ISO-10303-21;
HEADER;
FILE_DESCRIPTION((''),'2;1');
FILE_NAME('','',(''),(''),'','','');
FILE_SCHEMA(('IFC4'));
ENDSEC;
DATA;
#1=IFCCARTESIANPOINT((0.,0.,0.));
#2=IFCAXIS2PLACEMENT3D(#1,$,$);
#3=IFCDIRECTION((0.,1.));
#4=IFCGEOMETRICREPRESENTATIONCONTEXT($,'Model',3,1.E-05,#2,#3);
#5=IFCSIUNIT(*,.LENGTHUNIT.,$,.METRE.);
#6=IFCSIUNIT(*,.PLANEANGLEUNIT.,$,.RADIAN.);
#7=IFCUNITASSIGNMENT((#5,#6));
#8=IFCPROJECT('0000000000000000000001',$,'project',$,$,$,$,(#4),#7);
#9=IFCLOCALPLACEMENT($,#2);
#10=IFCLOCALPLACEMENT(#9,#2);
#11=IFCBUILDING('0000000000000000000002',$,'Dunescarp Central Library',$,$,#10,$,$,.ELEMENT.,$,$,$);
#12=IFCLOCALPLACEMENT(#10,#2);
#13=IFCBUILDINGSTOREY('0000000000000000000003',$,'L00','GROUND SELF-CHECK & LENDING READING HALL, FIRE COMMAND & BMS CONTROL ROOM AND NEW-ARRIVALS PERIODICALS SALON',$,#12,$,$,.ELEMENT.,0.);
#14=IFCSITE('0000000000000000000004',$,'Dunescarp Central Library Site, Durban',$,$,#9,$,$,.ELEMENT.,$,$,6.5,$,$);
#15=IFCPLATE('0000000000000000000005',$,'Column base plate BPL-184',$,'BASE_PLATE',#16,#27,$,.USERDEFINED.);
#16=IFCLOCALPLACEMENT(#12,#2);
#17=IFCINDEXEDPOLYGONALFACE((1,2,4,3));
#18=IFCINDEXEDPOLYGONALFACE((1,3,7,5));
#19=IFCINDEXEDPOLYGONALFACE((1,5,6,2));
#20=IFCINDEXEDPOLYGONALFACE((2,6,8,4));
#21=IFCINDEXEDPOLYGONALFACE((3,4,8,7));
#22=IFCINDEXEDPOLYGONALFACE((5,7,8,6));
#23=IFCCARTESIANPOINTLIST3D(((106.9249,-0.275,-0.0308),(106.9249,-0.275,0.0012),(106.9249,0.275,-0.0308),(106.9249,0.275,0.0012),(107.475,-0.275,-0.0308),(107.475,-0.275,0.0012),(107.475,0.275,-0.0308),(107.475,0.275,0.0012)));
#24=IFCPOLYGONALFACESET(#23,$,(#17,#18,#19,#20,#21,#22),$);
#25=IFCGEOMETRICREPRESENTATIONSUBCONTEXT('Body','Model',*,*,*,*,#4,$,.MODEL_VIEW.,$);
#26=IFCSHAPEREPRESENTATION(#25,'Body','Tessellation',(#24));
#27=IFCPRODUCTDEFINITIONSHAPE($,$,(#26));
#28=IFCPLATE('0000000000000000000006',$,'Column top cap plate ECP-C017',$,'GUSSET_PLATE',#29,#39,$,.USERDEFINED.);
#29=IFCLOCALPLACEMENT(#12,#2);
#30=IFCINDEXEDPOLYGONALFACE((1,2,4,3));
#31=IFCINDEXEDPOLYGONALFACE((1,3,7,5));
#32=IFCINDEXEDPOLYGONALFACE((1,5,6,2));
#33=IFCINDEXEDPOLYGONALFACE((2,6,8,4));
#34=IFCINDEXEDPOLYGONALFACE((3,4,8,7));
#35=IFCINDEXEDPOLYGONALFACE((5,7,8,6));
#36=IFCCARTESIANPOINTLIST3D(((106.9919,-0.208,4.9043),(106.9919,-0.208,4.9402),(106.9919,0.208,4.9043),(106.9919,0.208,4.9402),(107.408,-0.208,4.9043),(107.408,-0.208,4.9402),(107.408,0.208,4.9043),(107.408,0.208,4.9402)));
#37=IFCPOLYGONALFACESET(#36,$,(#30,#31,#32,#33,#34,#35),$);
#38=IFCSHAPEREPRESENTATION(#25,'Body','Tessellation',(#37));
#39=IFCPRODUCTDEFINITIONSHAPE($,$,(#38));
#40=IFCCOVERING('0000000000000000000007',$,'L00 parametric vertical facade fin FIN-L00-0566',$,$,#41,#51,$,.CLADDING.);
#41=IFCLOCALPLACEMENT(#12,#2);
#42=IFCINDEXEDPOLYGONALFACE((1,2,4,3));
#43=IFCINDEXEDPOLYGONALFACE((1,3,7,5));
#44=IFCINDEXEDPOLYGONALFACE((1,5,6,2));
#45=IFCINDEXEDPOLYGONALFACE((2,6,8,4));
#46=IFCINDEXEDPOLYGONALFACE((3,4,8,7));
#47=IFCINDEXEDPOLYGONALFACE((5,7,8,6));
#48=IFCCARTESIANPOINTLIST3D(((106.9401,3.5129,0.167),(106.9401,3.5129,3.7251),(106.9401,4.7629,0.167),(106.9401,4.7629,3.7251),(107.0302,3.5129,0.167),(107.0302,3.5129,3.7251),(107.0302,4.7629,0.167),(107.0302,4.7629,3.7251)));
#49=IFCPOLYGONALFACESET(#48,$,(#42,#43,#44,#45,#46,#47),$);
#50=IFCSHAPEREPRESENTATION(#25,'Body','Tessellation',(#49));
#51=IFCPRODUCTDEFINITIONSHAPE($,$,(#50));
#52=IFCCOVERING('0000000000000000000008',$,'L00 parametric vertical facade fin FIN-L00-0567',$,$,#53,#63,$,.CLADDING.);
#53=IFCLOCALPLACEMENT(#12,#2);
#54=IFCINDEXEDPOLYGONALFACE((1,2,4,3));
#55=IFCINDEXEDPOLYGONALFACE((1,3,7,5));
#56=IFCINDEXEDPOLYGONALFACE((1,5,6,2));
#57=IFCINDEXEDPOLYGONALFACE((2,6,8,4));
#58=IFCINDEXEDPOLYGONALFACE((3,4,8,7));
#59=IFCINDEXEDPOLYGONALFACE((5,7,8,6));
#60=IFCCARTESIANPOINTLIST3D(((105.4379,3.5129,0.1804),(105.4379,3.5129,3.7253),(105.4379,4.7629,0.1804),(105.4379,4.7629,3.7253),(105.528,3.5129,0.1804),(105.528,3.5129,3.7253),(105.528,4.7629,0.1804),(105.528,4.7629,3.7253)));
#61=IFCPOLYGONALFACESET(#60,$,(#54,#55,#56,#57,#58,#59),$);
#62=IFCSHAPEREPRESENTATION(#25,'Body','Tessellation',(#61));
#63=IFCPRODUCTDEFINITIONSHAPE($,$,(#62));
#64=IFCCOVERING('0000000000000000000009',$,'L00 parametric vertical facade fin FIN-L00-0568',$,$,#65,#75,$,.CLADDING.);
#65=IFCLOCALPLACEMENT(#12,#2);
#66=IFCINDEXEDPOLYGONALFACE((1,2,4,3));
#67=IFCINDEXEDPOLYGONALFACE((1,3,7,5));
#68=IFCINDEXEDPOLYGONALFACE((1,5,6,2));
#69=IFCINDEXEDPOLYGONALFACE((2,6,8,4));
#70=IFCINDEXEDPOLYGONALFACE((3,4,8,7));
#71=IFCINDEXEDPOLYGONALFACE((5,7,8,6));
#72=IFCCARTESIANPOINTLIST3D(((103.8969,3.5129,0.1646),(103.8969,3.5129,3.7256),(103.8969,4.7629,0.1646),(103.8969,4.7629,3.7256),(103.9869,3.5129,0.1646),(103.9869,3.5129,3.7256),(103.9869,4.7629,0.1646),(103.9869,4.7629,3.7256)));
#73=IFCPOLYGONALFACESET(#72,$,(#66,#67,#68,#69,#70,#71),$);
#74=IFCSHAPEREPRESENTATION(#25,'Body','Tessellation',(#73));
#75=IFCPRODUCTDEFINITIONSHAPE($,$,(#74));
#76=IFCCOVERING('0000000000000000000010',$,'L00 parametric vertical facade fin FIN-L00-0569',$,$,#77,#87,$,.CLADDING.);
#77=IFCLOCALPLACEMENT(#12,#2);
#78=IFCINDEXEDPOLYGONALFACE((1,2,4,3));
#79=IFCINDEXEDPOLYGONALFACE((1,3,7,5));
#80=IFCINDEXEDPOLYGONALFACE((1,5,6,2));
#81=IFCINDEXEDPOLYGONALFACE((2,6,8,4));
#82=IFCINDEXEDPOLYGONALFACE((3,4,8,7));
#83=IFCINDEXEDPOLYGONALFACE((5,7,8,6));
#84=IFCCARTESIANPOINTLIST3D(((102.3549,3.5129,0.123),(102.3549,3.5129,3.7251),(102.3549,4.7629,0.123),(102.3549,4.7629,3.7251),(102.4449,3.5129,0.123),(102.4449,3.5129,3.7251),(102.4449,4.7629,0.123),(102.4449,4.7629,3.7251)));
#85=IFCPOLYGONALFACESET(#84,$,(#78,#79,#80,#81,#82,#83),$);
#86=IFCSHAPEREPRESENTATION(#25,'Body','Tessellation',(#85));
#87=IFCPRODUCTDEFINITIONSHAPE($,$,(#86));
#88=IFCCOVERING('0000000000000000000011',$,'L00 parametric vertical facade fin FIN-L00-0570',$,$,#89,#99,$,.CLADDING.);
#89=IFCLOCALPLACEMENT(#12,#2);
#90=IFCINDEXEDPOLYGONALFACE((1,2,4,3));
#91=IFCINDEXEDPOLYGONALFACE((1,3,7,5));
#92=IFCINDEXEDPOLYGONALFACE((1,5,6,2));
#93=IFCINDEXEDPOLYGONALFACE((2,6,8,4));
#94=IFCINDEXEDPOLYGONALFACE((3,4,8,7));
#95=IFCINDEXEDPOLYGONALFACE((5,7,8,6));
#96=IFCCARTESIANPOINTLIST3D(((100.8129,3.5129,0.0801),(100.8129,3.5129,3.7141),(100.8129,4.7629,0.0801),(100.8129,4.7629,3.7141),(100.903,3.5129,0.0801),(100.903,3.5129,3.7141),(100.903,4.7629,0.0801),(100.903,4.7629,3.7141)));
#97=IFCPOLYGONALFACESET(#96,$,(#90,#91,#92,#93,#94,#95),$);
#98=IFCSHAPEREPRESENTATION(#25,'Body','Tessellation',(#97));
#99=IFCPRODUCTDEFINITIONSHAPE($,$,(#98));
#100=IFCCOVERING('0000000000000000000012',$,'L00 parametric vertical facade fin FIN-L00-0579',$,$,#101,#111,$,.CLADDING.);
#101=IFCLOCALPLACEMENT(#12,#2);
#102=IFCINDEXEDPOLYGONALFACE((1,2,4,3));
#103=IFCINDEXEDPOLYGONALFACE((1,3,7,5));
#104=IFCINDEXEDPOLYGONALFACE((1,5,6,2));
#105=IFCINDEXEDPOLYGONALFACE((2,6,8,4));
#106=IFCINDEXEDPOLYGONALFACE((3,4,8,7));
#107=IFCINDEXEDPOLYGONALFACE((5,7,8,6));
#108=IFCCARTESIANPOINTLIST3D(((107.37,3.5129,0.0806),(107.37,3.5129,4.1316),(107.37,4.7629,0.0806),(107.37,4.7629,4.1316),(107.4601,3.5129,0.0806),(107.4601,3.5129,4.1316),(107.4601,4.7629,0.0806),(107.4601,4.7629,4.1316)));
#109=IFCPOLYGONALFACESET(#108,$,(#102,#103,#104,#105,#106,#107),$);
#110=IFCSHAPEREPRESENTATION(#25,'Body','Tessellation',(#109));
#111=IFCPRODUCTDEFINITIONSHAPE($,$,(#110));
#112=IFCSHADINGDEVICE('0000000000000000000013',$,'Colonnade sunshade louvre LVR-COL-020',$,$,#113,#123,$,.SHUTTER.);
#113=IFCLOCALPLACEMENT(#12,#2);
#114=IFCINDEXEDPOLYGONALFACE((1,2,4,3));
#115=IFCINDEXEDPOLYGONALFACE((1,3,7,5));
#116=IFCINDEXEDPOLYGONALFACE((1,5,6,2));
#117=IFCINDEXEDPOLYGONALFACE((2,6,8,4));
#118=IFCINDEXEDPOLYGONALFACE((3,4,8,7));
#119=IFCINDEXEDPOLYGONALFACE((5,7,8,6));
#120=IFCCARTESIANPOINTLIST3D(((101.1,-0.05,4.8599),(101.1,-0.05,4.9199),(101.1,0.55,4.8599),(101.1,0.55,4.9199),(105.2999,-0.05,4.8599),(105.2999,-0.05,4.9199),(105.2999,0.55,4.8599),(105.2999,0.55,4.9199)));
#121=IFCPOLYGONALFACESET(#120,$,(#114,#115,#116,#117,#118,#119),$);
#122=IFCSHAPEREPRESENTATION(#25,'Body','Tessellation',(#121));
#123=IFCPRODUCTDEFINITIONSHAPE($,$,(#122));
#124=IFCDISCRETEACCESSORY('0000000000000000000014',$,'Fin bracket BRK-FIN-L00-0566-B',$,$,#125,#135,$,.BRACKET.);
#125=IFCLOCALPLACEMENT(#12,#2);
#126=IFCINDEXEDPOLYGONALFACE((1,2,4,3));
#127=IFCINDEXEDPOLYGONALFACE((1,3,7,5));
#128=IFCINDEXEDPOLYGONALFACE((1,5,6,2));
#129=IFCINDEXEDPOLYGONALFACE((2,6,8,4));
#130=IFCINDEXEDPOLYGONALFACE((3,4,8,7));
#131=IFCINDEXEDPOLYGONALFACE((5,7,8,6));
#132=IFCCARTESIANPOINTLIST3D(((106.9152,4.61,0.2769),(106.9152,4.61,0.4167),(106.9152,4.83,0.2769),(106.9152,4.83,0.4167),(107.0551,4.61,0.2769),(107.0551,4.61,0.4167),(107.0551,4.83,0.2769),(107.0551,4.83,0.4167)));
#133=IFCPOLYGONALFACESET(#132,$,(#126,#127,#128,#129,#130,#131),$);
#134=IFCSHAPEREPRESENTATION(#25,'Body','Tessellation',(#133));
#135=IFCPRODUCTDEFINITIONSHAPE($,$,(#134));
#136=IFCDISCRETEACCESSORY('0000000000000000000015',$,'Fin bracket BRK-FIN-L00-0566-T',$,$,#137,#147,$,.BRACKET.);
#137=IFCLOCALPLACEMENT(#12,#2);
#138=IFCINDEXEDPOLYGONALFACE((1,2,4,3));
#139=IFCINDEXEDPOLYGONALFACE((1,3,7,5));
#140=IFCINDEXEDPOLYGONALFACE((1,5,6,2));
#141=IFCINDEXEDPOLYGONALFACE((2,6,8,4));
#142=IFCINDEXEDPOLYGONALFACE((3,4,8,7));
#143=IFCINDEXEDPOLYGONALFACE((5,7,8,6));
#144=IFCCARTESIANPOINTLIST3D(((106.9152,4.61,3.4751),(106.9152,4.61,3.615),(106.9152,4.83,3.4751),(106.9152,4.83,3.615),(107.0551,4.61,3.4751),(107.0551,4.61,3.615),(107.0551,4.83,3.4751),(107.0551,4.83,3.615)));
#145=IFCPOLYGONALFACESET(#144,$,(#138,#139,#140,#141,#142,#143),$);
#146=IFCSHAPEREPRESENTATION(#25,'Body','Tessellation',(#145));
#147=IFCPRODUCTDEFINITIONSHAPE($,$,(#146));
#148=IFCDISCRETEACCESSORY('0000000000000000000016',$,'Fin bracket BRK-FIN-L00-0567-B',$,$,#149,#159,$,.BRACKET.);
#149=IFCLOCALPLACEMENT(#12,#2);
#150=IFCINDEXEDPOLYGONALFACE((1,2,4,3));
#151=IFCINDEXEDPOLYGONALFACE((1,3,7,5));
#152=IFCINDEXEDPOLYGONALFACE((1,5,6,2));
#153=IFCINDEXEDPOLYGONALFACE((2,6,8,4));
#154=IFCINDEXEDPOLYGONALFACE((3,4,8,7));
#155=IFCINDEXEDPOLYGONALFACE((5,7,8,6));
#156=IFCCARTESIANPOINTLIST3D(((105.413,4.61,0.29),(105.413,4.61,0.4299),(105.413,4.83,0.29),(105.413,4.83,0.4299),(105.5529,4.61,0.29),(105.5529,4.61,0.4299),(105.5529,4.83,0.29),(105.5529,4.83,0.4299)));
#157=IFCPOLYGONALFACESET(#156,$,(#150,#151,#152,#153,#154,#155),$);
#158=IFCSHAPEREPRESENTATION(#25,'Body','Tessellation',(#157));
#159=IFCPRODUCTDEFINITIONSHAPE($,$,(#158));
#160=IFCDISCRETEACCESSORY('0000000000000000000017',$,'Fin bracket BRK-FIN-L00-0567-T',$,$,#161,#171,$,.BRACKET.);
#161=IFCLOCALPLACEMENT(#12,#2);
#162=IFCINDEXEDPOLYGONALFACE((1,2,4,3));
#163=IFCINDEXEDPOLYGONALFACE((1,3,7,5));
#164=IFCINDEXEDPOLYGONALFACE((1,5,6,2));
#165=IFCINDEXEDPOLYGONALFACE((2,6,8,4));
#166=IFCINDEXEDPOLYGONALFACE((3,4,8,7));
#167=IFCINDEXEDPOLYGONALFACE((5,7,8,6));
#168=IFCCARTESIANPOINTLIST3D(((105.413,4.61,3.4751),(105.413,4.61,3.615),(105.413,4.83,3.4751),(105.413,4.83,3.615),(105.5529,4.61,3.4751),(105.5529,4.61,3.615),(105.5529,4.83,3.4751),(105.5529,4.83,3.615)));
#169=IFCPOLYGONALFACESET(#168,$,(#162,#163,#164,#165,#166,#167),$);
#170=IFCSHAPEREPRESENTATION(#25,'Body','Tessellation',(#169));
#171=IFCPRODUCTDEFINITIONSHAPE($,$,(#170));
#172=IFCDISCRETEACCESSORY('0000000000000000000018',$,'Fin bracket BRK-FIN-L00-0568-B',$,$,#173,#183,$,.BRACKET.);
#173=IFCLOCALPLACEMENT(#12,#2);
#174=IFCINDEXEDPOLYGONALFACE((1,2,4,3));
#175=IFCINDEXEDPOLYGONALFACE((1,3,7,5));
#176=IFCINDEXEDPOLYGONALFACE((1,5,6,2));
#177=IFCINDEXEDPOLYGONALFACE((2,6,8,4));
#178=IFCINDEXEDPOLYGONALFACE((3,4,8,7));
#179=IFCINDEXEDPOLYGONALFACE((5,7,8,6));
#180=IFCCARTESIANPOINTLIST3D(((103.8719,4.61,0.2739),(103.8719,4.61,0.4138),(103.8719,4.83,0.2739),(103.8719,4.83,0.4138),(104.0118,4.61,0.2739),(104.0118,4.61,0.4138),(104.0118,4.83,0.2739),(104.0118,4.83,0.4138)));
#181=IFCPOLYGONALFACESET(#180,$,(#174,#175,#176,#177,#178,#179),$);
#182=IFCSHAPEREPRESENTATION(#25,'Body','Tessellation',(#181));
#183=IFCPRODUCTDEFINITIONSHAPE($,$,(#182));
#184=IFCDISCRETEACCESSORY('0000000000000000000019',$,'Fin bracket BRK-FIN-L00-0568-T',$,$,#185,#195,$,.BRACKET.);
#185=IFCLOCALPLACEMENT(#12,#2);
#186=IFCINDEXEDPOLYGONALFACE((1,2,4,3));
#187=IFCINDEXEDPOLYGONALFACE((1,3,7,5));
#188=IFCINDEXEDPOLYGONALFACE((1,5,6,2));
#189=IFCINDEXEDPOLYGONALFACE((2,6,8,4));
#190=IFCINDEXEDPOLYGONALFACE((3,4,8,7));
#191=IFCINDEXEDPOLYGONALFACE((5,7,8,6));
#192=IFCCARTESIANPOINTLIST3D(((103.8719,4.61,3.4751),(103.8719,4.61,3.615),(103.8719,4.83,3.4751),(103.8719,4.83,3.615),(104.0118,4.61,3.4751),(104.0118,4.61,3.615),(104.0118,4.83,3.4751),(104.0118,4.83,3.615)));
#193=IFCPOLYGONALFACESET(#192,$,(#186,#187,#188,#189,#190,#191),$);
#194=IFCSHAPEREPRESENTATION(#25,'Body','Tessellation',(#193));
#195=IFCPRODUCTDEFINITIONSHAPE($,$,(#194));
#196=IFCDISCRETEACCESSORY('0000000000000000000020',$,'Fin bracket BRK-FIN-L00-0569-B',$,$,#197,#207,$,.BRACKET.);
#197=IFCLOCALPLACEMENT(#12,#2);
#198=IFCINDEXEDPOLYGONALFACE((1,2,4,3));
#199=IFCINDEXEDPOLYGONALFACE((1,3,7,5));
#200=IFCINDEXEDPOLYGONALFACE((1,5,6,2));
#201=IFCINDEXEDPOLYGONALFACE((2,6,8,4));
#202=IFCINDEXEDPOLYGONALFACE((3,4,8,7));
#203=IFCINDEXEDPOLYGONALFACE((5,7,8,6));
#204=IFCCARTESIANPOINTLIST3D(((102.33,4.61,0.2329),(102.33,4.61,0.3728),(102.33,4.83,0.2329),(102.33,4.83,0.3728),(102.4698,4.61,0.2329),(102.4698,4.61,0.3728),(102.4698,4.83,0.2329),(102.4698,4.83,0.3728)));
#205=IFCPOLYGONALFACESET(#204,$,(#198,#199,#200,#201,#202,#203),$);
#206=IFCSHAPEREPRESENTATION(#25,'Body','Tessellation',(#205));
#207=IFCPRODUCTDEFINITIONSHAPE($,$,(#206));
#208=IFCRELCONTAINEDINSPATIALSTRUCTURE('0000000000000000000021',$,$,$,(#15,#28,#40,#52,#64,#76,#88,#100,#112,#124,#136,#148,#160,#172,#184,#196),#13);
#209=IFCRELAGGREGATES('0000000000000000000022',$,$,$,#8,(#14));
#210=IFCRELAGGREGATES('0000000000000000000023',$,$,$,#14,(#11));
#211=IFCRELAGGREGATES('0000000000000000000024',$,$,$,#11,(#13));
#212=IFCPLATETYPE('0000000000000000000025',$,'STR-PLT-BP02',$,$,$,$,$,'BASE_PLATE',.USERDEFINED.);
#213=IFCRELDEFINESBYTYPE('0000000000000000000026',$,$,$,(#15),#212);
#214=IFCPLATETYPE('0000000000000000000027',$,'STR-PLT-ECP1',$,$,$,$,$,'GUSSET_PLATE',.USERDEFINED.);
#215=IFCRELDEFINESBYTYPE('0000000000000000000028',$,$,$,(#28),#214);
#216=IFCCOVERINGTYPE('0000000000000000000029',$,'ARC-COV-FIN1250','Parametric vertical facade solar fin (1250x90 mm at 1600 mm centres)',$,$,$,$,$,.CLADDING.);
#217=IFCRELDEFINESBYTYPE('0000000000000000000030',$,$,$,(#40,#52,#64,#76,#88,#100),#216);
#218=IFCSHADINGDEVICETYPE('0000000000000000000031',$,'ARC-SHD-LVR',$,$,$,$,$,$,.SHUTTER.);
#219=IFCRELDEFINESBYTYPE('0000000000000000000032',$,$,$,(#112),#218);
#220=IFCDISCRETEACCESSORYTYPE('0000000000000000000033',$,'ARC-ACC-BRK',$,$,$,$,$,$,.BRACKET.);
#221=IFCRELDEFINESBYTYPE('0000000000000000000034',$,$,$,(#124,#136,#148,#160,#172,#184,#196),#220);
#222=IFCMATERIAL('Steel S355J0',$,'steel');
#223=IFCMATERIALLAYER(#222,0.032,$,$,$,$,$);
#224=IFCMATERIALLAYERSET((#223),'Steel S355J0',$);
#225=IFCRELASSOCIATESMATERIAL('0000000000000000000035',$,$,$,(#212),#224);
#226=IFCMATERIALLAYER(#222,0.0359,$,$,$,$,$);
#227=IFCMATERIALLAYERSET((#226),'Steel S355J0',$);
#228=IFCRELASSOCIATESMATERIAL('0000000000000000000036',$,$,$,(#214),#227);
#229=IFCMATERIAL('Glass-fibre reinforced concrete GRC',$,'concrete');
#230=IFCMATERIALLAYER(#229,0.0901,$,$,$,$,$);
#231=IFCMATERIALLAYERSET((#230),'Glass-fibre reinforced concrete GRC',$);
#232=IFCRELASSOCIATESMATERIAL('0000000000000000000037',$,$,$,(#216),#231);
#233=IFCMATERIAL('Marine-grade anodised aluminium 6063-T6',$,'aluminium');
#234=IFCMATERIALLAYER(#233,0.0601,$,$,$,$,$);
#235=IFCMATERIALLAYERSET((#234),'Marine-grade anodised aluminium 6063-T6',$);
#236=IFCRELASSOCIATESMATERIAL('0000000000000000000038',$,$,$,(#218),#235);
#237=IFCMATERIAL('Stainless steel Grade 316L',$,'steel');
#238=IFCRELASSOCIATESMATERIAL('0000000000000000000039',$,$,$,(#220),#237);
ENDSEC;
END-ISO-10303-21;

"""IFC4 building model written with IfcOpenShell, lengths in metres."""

from ifc_helpers import new_model, si_unit, direction, frame, origin, origin_2d, place, context, subcontext, project, spatial, rectangle, extrude, material, layer, layer_set, type_object, element, save


model = new_model("IFC4")

# Units and contexts
model_context = context("Model", 3, precision=1e-05, world=origin(), true_north=direction((0.0, 1.0)))
body_context = subcontext(model_context, "Body", "Model", "MODEL_VIEW")
ifc_project = project(units=[si_unit("LENGTHUNIT", "METRE"), si_unit("PLANEANGLEUNIT", "RADIAN")], contexts=[model_context])

# Site, building, storey
site_placement = place(None, origin())
site = spatial("IfcSite", under=ifc_project, at=site_placement, Name="Dunescarp Central Library Site, Durban", CompositionType="ELEMENT", RefElevation=6.5)
building_placement = place(site_placement, origin())
building = spatial("IfcBuilding", under=site, at=building_placement, Name="Dunescarp Central Library", CompositionType="ELEMENT")
storey_placement = place(building_placement, origin())
storey = spatial("IfcBuildingStorey", under=building, at=storey_placement, Name="L00", Description="GROUND SELF-CHECK & LENDING READING HALL, FIRE COMMAND & BMS CONTROL ROOM AND NEW-ARRIVALS PERIODICALS SALON", CompositionType="ELEMENT", Elevation=0.0)

# Shared definitions
ifc_material_1 = material(Name="Steel S355J0", Category="steel")

# Shared definitions
ifc_material_2 = material(Name="Marine-grade anodised aluminium 6063-T6", Category="aluminium")

# Plates
ifc_layer_1 = layer(ifc_material_1, 0.032)
ifc_layer_set_1 = layer_set([ifc_layer_1], Name="Steel S355J0")
plate_type_1 = type_object("IfcPlateType", Name="STR-PLT-BP02", ElementType="BASE_PLATE", PredefinedType="USERDEFINED", material=ifc_layer_set_1)
plate_1_placement = place(storey_placement, frame((107.2, 0.0, -0.0308), z_axis=(0.0, 0.0, 1.0), x_axis=(1.0, 0.0, 0.0)))
element("IfcPlate", 1, at=plate_1_placement, inside=storey, type_object=plate_type_1, Name="Column base plate BPL-184", ObjectType="BASE_PLATE", PredefinedType="USERDEFINED", context=body_context, shape_type="SweptSolid", body=[
    extrude(rectangle(XDim=0.55, YDim=0.55, at=origin_2d()), origin(), (0.0, 0.0, 1.0), 0.032),
])
ifc_layer_2 = layer(ifc_material_1, 0.0359)
ifc_layer_set_2 = layer_set([ifc_layer_2], Name="Steel S355J0")
plate_type_2 = type_object("IfcPlateType", Name="STR-PLT-ECP1", ElementType="GUSSET_PLATE", PredefinedType="USERDEFINED", material=ifc_layer_set_2)
plate_2_placement = place(storey_placement, frame((107.2, 0.0, 4.9043), z_axis=(0.0, 0.0, 1.0), x_axis=(1.0, 0.0, 0.0)))
element("IfcPlate", 2, at=plate_2_placement, inside=storey, type_object=plate_type_2, Name="Column top cap plate ECP-C017", ObjectType="GUSSET_PLATE", PredefinedType="USERDEFINED", context=body_context, shape_type="SweptSolid", body=[
    extrude(rectangle(XDim=0.416, YDim=0.416, at=origin_2d()), origin(), (0.0, 0.0, 1.0), 0.0359),
])

# Coverings
ifc_material_3 = material(Name="Glass-fibre reinforced concrete GRC", Category="concrete")
ifc_layer_3 = layer(ifc_material_3, 0.0901)
ifc_layer_set_3 = layer_set([ifc_layer_3], Name="Glass-fibre reinforced concrete GRC")
covering_type = type_object("IfcCoveringType", Name="ARC-COV-FIN1250", Description="Parametric vertical facade solar fin (1250x90 mm at 1600 mm centres)", PredefinedType="CLADDING", material=ifc_layer_set_3)
covering_1_placement = place(storey_placement, frame((106.9851, 4.1379, 0.167), z_axis=(0.0, 0.0, 1.0), x_axis=(0.0, -1.0, 0.0)))
element("IfcCovering", 3, at=covering_1_placement, inside=storey, type_object=covering_type, Name="L00 parametric vertical facade fin FIN-L00-0566", PredefinedType="CLADDING", context=body_context, shape_type="SweptSolid", body=[
    extrude(rectangle(XDim=1.25, YDim=0.0901, at=origin_2d()), origin(), (0.0, 0.0, 1.0), 3.5581),
])
covering_2_placement = place(storey_placement, frame((105.4829, 4.1379, 0.1804), z_axis=(0.0, 0.0, 1.0), x_axis=(0.0, -1.0, 0.0)))
element("IfcCovering", 4, at=covering_2_placement, inside=storey, type_object=covering_type, Name="L00 parametric vertical facade fin FIN-L00-0567", PredefinedType="CLADDING", context=body_context, shape_type="SweptSolid", body=[
    extrude(rectangle(XDim=1.25, YDim=0.0901, at=origin_2d()), origin(), (0.0, 0.0, 1.0), 3.5449),
])
covering_3_placement = place(storey_placement, frame((103.9419, 4.1379, 0.1646), z_axis=(0.0, 0.0, 1.0), x_axis=(0.0, -1.0, 0.0)))
element("IfcCovering", 5, at=covering_3_placement, inside=storey, type_object=covering_type, Name="L00 parametric vertical facade fin FIN-L00-0568", PredefinedType="CLADDING", context=body_context, shape_type="SweptSolid", body=[
    extrude(rectangle(XDim=1.25, YDim=0.0901, at=origin_2d()), origin(), (0.0, 0.0, 1.0), 3.561),
])
covering_4_placement = place(storey_placement, frame((102.3999, 4.1379, 0.123), z_axis=(0.0, 0.0, 1.0), x_axis=(0.0, -1.0, 0.0)))
element("IfcCovering", 6, at=covering_4_placement, inside=storey, type_object=covering_type, Name="L00 parametric vertical facade fin FIN-L00-0569", PredefinedType="CLADDING", context=body_context, shape_type="SweptSolid", body=[
    extrude(rectangle(XDim=1.25, YDim=0.0901, at=origin_2d()), origin(), (0.0, 0.0, 1.0), 3.6021),
])
covering_5_placement = place(storey_placement, frame((100.8579, 4.1379, 0.0801), z_axis=(0.0, 0.0, 1.0), x_axis=(0.0, -1.0, 0.0)))
element("IfcCovering", 7, at=covering_5_placement, inside=storey, type_object=covering_type, Name="L00 parametric vertical facade fin FIN-L00-0570", PredefinedType="CLADDING", context=body_context, shape_type="SweptSolid", body=[
    extrude(rectangle(XDim=1.25, YDim=0.0901, at=origin_2d()), origin(), (0.0, 0.0, 1.0), 3.634),
])
covering_6_placement = place(storey_placement, frame((107.415, 4.1379, 0.0806), z_axis=(0.0, 0.0, 1.0), x_axis=(0.0, -1.0, 0.0)))
element("IfcCovering", 8, at=covering_6_placement, inside=storey, type_object=covering_type, Name="L00 parametric vertical facade fin FIN-L00-0579", PredefinedType="CLADDING", context=body_context, shape_type="SweptSolid", body=[
    extrude(rectangle(XDim=1.25, YDim=0.0901, at=origin_2d()), origin(), (0.0, 0.0, 1.0), 4.051),
])

# Shading device
ifc_layer_4 = layer(ifc_material_2, 0.0601)
ifc_layer_set_4 = layer_set([ifc_layer_4], Name="Marine-grade anodised aluminium 6063-T6")
shading_device_type = type_object("IfcShadingDeviceType", Name="ARC-SHD-LVR", PredefinedType="SHUTTER", material=ifc_layer_set_4)
shading_device_placement = place(storey_placement, frame((103.2, 0.25, 4.8599), z_axis=(0.0, 0.0, 1.0), x_axis=(1.0, 0.0, 0.0)))
element("IfcShadingDevice", 9, at=shading_device_placement, inside=storey, type_object=shading_device_type, Name="Colonnade sunshade louvre LVR-COL-020", PredefinedType="SHUTTER", context=body_context, shape_type="SweptSolid", body=[
    extrude(rectangle(XDim=4.2, YDim=0.6001, at=origin_2d()), origin(), (0.0, 0.0, 1.0), 0.0601),
])

# Discrete accessories
ifc_material_4 = material(Name="Stainless steel Grade 316L", Category="steel")
discrete_accessory_type = type_object("IfcDiscreteAccessoryType", Name="ARC-ACC-BRK", PredefinedType="BRACKET", material=ifc_material_4)
for number, where, z_axis, x_axis, name in (
    (10, (106.9851, 4.72, 0.2769), (0.0, 0.0, 1.0), (0.0, -1.0, 0.0), "Fin bracket BRK-FIN-L00-0566-B"),
    (11, (106.9851, 4.72, 3.4751), (0.0, 0.0, 1.0), (0.0, -1.0, 0.0), "Fin bracket BRK-FIN-L00-0566-T"),
    (12, (105.4829, 4.72, 0.29), (0.0, 0.0, 1.0), (0.0, -1.0, 0.0), "Fin bracket BRK-FIN-L00-0567-B"),
    (13, (105.4829, 4.72, 3.4751), (0.0, 0.0, 1.0), (0.0, -1.0, 0.0), "Fin bracket BRK-FIN-L00-0567-T"),
    (14, (103.9419, 4.72, 0.2739), (0.0, 0.0, 1.0), (0.0, -1.0, 0.0), "Fin bracket BRK-FIN-L00-0568-B"),
    (15, (103.9419, 4.72, 3.4751), (0.0, 0.0, 1.0), (0.0, -1.0, 0.0), "Fin bracket BRK-FIN-L00-0568-T"),
    (16, (102.3999, 4.72, 0.2329), (0.0, 0.0, 1.0), (0.0, -1.0, 0.0), "Fin bracket BRK-FIN-L00-0569-B"),
):
    element("IfcDiscreteAccessory", number, at=place(storey_placement, frame(where, z_axis=z_axis, x_axis=x_axis)), inside=storey, type_object=discrete_accessory_type, Name=name, PredefinedType="BRACKET", context=body_context, shape_type="SweptSolid", body=[
        extrude(rectangle(XDim=0.22, YDim=0.1399, at=origin_2d()), origin(), (0.0, 0.0, 1.0), 0.1399),
    ])

save(model, "model.ifc")
